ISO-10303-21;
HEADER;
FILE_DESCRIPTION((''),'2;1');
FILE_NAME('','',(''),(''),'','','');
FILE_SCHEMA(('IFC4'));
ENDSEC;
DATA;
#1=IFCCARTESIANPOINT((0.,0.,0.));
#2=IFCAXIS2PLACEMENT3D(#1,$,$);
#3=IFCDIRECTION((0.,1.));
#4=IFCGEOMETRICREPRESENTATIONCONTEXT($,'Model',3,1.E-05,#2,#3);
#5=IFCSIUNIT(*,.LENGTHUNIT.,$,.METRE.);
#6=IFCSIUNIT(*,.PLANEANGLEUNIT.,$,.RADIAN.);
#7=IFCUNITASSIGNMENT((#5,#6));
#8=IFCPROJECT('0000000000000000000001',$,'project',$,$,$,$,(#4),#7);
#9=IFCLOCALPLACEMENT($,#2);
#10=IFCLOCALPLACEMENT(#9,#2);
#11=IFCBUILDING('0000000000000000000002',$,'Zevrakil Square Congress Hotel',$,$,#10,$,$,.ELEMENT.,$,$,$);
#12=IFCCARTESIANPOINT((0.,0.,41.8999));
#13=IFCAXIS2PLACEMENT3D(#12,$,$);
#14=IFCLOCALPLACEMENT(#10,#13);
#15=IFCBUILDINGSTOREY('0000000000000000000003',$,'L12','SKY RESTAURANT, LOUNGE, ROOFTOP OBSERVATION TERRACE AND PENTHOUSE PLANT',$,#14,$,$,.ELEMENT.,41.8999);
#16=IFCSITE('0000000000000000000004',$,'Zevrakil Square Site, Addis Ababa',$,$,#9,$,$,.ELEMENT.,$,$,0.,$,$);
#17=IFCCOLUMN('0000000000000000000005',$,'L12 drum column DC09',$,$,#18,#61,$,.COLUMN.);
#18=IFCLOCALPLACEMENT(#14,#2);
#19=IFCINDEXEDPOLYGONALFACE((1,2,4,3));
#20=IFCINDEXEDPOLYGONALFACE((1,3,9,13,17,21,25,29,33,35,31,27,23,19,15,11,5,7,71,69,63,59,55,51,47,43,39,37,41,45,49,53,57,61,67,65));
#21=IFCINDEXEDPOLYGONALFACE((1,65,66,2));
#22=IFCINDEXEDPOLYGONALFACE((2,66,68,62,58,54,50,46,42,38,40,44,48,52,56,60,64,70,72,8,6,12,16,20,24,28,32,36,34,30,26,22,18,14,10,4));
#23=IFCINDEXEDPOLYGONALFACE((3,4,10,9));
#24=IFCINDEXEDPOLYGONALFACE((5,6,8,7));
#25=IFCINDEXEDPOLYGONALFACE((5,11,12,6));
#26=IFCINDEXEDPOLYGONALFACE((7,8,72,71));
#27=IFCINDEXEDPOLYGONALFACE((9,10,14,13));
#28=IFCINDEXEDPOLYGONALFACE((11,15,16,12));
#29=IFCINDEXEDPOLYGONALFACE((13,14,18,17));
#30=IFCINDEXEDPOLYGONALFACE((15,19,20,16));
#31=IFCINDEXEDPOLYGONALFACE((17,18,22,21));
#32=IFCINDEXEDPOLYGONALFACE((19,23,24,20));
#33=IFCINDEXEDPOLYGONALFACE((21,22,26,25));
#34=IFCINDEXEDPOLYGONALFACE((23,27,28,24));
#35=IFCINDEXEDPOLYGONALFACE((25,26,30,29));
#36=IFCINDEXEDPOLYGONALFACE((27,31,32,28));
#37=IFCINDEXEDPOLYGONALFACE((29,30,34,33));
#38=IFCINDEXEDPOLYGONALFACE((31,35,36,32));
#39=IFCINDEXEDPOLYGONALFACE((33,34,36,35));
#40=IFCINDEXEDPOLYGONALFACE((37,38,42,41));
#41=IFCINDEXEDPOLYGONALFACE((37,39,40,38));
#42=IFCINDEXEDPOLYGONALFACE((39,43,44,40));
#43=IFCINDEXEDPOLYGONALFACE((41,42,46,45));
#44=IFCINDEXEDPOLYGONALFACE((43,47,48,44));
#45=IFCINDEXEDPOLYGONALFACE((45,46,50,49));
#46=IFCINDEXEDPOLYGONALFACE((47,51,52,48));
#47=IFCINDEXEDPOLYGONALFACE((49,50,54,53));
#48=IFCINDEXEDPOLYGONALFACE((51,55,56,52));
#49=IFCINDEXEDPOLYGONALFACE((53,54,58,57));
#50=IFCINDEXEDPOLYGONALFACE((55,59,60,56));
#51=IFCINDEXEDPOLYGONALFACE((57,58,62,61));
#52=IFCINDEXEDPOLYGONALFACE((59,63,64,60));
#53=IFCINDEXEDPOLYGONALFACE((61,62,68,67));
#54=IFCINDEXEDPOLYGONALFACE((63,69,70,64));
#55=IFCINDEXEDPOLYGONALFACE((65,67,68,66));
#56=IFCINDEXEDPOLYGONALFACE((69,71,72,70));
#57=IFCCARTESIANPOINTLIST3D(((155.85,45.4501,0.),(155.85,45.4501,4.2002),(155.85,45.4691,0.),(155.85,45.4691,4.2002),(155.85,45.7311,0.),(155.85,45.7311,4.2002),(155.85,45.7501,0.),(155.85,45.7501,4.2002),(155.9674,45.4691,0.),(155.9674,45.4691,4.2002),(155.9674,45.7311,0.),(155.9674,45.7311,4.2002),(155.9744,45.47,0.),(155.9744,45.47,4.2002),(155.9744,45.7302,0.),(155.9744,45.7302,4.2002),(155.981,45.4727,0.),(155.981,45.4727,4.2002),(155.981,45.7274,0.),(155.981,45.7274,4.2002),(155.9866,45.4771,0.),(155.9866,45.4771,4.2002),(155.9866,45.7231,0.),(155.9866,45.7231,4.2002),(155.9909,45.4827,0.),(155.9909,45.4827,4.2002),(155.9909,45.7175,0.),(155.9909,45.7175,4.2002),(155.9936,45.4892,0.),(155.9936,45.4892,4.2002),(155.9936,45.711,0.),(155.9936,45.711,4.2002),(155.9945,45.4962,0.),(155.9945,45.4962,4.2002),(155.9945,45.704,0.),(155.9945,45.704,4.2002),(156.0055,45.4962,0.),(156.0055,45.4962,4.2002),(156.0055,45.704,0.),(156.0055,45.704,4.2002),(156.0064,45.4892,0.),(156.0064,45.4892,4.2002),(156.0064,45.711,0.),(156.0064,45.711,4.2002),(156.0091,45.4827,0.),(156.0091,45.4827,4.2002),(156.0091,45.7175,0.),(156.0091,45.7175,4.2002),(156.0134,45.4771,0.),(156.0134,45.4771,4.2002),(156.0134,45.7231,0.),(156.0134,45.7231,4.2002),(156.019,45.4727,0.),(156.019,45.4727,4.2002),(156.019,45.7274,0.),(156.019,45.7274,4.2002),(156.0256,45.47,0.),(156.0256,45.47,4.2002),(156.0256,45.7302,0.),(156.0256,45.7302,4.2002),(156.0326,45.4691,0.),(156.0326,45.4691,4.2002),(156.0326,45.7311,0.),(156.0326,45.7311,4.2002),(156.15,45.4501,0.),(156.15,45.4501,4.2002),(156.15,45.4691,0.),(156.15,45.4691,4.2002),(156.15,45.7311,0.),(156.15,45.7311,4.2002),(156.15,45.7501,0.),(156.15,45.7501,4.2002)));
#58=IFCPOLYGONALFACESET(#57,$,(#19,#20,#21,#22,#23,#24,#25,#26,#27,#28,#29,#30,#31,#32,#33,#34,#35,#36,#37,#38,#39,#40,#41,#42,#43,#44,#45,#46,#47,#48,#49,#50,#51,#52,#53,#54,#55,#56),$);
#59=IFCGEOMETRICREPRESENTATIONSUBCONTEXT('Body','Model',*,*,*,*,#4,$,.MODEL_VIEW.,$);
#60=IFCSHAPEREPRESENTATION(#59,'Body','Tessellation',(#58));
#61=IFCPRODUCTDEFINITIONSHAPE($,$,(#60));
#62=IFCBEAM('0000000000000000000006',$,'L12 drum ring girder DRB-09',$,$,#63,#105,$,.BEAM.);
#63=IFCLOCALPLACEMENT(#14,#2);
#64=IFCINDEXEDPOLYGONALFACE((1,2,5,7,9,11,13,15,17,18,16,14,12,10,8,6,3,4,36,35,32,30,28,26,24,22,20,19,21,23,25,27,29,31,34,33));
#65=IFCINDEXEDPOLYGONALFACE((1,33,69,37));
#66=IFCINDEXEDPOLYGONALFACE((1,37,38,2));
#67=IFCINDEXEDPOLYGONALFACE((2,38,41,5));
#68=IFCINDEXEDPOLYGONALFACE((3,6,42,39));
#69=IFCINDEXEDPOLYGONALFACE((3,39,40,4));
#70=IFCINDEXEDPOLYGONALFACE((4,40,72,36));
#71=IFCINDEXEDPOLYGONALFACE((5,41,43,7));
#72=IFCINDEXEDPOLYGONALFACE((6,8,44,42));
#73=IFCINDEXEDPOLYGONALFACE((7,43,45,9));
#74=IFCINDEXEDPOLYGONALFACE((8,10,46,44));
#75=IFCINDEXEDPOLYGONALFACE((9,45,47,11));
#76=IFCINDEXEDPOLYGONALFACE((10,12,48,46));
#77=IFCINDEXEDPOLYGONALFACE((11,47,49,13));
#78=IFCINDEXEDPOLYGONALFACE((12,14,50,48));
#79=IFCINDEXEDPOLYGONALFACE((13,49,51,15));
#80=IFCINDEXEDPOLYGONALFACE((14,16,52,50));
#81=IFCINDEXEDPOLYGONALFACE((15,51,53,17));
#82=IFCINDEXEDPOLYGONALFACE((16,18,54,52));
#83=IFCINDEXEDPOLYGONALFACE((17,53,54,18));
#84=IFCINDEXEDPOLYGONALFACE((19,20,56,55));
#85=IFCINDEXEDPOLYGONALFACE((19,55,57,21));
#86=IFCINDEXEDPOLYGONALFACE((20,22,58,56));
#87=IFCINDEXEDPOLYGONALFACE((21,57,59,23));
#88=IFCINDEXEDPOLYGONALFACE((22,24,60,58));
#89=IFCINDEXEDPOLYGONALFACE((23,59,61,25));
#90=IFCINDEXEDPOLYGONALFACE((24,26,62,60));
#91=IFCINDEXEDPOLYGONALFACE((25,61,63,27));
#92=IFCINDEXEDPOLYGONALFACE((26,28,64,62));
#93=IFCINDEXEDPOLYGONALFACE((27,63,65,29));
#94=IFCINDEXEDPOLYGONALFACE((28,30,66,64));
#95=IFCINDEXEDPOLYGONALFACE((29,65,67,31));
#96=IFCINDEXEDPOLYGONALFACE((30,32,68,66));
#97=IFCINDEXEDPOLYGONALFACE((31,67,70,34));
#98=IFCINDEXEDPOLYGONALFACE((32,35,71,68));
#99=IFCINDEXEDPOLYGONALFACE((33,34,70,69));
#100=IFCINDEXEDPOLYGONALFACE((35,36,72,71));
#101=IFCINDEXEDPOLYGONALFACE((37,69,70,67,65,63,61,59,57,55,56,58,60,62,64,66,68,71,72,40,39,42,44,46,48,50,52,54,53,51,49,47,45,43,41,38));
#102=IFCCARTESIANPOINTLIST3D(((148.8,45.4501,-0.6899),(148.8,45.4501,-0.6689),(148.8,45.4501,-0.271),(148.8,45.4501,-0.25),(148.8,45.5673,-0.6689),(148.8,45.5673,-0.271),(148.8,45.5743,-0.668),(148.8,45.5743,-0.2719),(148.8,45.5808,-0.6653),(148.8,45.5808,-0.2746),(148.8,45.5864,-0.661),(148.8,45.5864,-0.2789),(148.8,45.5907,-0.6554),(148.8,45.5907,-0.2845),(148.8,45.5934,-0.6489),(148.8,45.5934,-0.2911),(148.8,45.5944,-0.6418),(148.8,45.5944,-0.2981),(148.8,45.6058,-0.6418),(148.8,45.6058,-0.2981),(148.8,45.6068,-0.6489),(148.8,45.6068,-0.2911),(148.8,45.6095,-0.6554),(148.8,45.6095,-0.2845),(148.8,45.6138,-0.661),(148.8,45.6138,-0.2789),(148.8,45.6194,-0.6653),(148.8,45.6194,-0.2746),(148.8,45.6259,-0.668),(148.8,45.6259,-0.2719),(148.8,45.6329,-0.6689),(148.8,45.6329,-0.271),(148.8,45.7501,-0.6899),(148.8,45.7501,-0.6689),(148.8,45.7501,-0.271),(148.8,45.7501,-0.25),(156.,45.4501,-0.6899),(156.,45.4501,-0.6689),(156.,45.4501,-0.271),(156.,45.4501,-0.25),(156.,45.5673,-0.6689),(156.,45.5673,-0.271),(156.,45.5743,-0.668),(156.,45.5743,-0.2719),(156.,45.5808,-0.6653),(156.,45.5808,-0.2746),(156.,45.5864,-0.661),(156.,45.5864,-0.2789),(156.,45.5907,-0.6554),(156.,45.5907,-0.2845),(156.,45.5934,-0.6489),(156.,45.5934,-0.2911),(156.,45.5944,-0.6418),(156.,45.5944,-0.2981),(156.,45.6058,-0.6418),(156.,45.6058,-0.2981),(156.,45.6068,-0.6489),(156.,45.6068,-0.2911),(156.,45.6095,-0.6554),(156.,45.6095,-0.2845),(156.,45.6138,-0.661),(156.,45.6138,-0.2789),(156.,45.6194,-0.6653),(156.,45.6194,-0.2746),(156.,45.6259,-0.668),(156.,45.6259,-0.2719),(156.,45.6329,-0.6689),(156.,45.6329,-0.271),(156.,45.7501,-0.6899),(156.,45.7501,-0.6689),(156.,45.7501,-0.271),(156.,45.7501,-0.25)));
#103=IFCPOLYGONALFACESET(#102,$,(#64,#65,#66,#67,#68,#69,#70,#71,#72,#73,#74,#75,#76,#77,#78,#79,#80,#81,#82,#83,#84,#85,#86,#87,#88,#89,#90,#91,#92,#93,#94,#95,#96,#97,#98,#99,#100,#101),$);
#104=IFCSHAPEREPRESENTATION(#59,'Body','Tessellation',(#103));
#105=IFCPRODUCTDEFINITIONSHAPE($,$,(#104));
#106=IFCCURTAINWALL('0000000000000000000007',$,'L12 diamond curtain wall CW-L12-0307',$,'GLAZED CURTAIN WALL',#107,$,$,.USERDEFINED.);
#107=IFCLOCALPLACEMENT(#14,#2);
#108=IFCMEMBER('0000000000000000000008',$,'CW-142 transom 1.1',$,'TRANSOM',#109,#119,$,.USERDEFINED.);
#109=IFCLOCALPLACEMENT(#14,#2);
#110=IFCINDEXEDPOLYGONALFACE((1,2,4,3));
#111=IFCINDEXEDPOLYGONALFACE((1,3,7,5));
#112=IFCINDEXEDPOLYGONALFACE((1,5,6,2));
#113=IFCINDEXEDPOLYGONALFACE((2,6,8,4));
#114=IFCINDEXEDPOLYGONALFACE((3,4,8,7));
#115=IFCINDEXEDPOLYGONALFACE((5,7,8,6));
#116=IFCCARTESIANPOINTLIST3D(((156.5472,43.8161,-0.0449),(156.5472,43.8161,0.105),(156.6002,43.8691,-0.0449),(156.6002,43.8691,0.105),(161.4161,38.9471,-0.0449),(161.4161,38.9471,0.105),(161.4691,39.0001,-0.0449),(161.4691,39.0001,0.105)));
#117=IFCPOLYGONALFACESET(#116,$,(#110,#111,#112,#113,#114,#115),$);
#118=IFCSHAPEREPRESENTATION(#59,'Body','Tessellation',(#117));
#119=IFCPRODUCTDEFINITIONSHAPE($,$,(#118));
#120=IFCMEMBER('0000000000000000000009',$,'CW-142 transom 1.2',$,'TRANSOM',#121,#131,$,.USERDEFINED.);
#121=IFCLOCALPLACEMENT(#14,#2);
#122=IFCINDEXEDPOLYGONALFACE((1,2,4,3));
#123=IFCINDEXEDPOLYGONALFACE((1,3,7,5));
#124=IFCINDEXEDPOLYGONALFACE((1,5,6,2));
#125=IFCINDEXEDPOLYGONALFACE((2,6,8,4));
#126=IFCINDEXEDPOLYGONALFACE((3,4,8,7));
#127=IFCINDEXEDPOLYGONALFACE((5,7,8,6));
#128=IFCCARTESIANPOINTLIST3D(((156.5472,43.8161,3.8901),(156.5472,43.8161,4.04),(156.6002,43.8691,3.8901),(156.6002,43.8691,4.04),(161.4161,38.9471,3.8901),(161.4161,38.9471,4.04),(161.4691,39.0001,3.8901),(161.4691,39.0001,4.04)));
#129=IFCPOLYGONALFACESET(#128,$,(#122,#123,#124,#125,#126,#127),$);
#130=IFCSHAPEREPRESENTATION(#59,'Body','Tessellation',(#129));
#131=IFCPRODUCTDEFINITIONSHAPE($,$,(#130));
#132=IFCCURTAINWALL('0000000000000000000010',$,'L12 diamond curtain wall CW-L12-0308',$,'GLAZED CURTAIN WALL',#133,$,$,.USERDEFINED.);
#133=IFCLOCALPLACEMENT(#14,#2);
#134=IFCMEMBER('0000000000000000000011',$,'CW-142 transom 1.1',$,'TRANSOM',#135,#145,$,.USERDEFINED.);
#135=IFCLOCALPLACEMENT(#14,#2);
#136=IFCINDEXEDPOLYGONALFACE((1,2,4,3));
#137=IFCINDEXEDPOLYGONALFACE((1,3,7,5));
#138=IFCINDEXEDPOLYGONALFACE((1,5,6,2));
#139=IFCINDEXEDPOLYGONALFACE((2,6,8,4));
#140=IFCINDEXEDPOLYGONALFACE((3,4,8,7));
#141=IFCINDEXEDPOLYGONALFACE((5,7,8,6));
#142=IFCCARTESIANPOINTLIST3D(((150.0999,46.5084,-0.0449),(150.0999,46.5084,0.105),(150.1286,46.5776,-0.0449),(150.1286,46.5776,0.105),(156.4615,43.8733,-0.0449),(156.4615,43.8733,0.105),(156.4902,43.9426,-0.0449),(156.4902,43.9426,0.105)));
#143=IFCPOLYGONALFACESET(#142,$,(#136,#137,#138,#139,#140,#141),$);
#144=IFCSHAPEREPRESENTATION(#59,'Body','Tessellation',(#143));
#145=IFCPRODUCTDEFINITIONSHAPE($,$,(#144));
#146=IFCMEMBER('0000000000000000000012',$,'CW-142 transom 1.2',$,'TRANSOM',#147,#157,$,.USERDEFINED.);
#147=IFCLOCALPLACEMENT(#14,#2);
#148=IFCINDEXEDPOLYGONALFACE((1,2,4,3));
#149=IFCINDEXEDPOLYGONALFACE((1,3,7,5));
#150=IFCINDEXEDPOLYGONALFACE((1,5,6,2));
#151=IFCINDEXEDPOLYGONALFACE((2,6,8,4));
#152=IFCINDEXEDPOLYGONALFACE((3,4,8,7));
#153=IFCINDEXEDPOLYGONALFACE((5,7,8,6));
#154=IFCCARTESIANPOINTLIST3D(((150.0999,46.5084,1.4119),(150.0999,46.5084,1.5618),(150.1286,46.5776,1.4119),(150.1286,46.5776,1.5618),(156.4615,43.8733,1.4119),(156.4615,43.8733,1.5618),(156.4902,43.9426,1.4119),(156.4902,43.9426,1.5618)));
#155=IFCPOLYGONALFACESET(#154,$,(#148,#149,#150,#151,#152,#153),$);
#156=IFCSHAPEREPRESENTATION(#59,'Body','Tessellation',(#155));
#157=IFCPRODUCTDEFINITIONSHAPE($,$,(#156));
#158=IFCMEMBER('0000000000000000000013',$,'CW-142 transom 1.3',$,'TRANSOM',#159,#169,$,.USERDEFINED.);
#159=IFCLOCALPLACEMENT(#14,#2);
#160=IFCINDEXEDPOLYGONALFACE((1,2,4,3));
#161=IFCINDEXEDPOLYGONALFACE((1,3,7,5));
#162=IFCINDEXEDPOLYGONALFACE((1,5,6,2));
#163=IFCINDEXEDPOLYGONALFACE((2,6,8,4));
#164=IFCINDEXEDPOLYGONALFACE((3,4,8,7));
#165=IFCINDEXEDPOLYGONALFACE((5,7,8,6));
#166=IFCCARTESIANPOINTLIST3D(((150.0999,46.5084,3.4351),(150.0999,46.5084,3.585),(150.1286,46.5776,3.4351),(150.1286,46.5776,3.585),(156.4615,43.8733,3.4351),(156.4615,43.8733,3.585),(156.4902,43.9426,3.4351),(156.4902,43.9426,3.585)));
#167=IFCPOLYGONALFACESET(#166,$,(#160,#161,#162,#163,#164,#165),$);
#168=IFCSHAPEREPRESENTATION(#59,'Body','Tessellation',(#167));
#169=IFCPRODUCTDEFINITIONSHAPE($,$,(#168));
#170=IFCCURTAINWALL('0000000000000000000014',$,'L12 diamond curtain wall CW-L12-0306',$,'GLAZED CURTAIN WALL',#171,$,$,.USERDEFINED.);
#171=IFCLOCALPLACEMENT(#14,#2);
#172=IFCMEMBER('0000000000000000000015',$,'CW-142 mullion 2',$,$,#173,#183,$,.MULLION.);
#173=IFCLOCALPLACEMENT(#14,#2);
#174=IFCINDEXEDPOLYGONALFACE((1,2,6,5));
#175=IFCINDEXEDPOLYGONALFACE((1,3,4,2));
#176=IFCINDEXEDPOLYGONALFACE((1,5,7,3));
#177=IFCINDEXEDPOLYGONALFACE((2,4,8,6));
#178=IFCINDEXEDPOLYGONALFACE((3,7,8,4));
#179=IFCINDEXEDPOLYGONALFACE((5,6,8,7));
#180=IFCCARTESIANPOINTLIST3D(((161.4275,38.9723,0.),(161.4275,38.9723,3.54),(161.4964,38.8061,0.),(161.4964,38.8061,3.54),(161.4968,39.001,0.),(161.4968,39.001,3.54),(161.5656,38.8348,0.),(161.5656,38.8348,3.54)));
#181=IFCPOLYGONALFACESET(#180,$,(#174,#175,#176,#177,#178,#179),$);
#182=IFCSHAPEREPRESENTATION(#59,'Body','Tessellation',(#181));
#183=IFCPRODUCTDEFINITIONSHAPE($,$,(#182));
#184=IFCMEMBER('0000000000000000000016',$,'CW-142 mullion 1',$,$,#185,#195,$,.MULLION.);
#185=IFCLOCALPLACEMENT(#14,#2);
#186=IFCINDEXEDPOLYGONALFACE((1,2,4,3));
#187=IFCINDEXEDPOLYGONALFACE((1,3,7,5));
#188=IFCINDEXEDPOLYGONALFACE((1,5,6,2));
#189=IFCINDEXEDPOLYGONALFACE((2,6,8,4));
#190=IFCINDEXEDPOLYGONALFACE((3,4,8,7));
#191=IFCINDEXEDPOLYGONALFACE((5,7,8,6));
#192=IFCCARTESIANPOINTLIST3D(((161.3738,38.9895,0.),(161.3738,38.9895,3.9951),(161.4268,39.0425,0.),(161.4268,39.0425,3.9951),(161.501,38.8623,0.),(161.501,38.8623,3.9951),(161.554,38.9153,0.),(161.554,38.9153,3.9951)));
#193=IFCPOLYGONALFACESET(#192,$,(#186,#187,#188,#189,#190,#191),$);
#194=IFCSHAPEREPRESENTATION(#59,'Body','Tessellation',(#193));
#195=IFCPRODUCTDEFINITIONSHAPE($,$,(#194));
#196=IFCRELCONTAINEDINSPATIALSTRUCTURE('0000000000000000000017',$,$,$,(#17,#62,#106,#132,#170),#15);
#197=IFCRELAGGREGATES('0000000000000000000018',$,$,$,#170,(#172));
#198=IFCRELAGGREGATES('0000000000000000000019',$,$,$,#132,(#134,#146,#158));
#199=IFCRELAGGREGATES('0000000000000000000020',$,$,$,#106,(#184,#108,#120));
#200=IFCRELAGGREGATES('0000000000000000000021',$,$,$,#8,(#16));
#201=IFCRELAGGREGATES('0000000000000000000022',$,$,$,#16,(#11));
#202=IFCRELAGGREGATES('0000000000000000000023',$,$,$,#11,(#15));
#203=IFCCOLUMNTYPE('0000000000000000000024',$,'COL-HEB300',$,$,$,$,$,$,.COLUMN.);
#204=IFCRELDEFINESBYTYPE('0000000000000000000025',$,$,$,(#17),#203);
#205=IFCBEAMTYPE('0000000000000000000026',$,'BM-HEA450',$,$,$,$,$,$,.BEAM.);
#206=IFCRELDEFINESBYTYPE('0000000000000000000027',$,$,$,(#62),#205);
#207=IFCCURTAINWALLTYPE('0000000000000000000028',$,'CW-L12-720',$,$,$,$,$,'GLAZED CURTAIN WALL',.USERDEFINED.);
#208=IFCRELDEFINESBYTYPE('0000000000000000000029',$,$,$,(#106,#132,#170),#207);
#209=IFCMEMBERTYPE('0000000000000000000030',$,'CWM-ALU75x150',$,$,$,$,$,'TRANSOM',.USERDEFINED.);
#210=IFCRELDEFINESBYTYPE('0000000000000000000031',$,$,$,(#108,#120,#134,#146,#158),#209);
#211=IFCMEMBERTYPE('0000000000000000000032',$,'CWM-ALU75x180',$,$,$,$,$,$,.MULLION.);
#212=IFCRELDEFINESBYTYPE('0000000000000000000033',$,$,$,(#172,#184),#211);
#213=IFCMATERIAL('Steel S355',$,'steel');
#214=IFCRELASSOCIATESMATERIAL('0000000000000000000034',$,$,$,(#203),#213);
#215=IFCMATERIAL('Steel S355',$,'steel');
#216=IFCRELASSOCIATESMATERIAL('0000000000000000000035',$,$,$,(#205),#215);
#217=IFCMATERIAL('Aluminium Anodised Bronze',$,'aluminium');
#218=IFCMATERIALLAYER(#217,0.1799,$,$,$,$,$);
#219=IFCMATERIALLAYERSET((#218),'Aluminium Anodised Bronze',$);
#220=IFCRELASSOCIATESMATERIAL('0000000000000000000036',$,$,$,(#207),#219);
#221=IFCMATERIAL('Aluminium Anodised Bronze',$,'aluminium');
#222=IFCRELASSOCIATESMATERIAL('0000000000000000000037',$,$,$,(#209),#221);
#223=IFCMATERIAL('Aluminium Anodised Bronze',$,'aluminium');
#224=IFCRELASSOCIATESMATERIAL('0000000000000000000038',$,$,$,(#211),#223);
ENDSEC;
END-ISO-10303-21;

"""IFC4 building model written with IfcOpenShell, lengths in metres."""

from ifc_helpers import new_model, si_unit, direction, frame, origin, origin_2d, place, context, subcontext, project, spatial, rectangle, i_section, extrude, material, layer, layer_set, material_profile, profile_set, type_object, element, aggregate, save


model = new_model("IFC4")

# Units and contexts
model_context = context("Model", 3, precision=1e-05, world=origin(), true_north=direction((0.0, 1.0)))
body_context = subcontext(model_context, "Body", "Model", "MODEL_VIEW")
ifc_project = project(units=[si_unit("LENGTHUNIT", "METRE"), si_unit("PLANEANGLEUNIT", "RADIAN")], contexts=[model_context])

# Site, building, storey
site_placement = place(None, origin())
site = spatial("IfcSite", under=ifc_project, at=site_placement, Name="Zevrakil Square Site, Addis Ababa", CompositionType="ELEMENT", RefElevation=0.0)
building_placement = place(site_placement, origin())
building = spatial("IfcBuilding", under=site, at=building_placement, Name="Zevrakil Square Congress Hotel", CompositionType="ELEMENT")
storey_placement = place(building_placement, frame((0.0, 0.0, 41.8999)))
storey = spatial("IfcBuildingStorey", under=building, at=storey_placement, Name="L12", Description="SKY RESTAURANT, LOUNGE, ROOFTOP OBSERVATION TERRACE AND PENTHOUSE PLANT", CompositionType="ELEMENT", Elevation=41.8999)

# Column
ifc_material_1 = material(Name="Steel S355", Category="steel")
ifc_material_profile_1 = material_profile(ifc_material_1, i_section(OverallWidth=0.3, OverallDepth=0.3, WebThickness=0.011, FlangeThickness=0.019, FilletRadius=0.0271, at=origin_2d()), Name="HEB 300")
ifc_profile_set_1 = profile_set([ifc_material_profile_1], Name="Steel S355")
column_type = type_object("IfcColumnType", Name="COL-HEB300", PredefinedType="COLUMN", material=ifc_profile_set_1)
column_placement = place(storey_placement, frame((156.0, 45.6001, 0.0), z_axis=(0.0, 0.0, 1.0), x_axis=(1.0, 0.0, 0.0)))
element("IfcColumn", 1, at=column_placement, inside=storey, type_object=column_type, Name="L12 drum column DC09", PredefinedType="COLUMN", context=body_context, shape_type="SweptSolid", body=[
    extrude(i_section(OverallWidth=0.3, OverallDepth=0.3, WebThickness=0.011, FlangeThickness=0.019, FilletRadius=0.0271, at=origin_2d()), origin(), (0.0, 0.0, 1.0), 4.2002),
])

# Beam
ifc_material_2 = material(Name="Steel S355", Category="steel")
ifc_material_profile_2 = material_profile(ifc_material_2, i_section(OverallWidth=0.3, OverallDepth=0.4399, WebThickness=0.0115, FlangeThickness=0.021, FilletRadius=0.0271, at=origin_2d()), Name="HEA 450")
ifc_profile_set_2 = profile_set([ifc_material_profile_2], Name="Steel S355")
beam_type_1 = type_object("IfcBeamType", Name="BM-HEA450", PredefinedType="BEAM", material=ifc_profile_set_2)
beam_1_placement = place(storey_placement, frame((156.0, 45.6001, -0.47), z_axis=(-1.0, 0.0, 0.0), x_axis=(0.0, -1.0, 0.0)))
element("IfcBeam", 2, at=beam_1_placement, inside=storey, type_object=beam_type_1, Name="L12 drum ring girder DRB-09", PredefinedType="BEAM", context=body_context, shape_type="SweptSolid", body=[
    extrude(i_section(OverallWidth=0.3, OverallDepth=0.4399, WebThickness=0.0115, FlangeThickness=0.021, FilletRadius=0.0271, at=origin_2d()), origin(), (0.0, 0.0, 1.0), 7.2),
])

# Curtain walls, members
ifc_material_3 = material(Name="Aluminium Anodised Bronze", Category="aluminium")
ifc_layer_1 = layer(ifc_material_3, 0.1799)
ifc_layer_set_1 = layer_set([ifc_layer_1], Name="Aluminium Anodised Bronze")
curtain_wall_type = type_object("IfcCurtainWallType", Name="CW-L12-720", ElementType="GLAZED CURTAIN WALL", PredefinedType="USERDEFINED", material=ifc_layer_set_1)
curtain_wall_1_placement = place(storey_placement, origin())
curtain_wall_1 = element("IfcCurtainWall", 3, at=curtain_wall_1_placement, inside=storey, type_object=curtain_wall_type, Name="L12 diamond curtain wall CW-L12-0307", ObjectType="GLAZED CURTAIN WALL", PredefinedType="USERDEFINED")
ifc_material_4 = material(Name="Aluminium Anodised Bronze", Category="aluminium")
ifc_material_profile_3 = material_profile(ifc_material_4, rectangle(XDim=0.075, YDim=0.1499, at=origin_2d()), Name="ALU 75x150")
ifc_profile_set_3 = profile_set([ifc_material_profile_3], Name="Aluminium Anodised Bronze")
member_type_1 = type_object("IfcMemberType", Name="CWM-ALU75x150", ElementType="TRANSOM", PredefinedType="USERDEFINED", material=ifc_profile_set_3)
member_1_placement = place(storey_placement, frame((161.4426, 38.9736, 0.03), z_axis=(-0.707107, 0.707107, 0.0), x_axis=(-0.707107, -0.707107, 0.0)))
member_1 = element("IfcMember", 4, at=member_1_placement, type_object=member_type_1, Name="CW-142 transom 1.1", ObjectType="TRANSOM", PredefinedType="USERDEFINED", context=body_context, shape_type="SweptSolid", body=[
    extrude(rectangle(XDim=0.075, YDim=0.1499, at=origin_2d()), origin(), (0.0, 0.0, 1.0), 6.8857),
])
member_2_placement = place(storey_placement, frame((161.4426, 38.9736, 3.9651), z_axis=(-0.707107, 0.707107, 0.0), x_axis=(-0.707107, -0.707107, 0.0)))
member_2 = element("IfcMember", 5, at=member_2_placement, type_object=member_type_1, Name="CW-142 transom 1.2", ObjectType="TRANSOM", PredefinedType="USERDEFINED", context=body_context, shape_type="SweptSolid", body=[
    extrude(rectangle(XDim=0.075, YDim=0.1499, at=origin_2d()), origin(), (0.0, 0.0, 1.0), 6.8857),
])
curtain_wall_2_placement = place(storey_placement, origin())
curtain_wall_2 = element("IfcCurtainWall", 6, at=curtain_wall_2_placement, inside=storey, type_object=curtain_wall_type, Name="L12 diamond curtain wall CW-L12-0308", ObjectType="GLAZED CURTAIN WALL", PredefinedType="USERDEFINED")
member_3_placement = place(storey_placement, frame((156.4758, 43.908, 0.03), z_axis=(-0.923882, 0.382679, 0.0), x_axis=(-0.382679, -0.923882, 0.0)))
member_3 = element("IfcMember", 7, at=member_3_placement, type_object=member_type_1, Name="CW-142 transom 1.1", ObjectType="TRANSOM", PredefinedType="USERDEFINED", context=body_context, shape_type="SweptSolid", body=[
    extrude(rectangle(XDim=0.075, YDim=0.1499, at=origin_2d()), origin(), (0.0, 0.0, 1.0), 6.8857),
])
member_4_placement = place(storey_placement, frame((156.4758, 43.908, 1.4868), z_axis=(-0.923882, 0.382679, 0.0), x_axis=(-0.382679, -0.923882, 0.0)))
member_4 = element("IfcMember", 8, at=member_4_placement, type_object=member_type_1, Name="CW-142 transom 1.2", ObjectType="TRANSOM", PredefinedType="USERDEFINED", context=body_context, shape_type="SweptSolid", body=[
    extrude(rectangle(XDim=0.075, YDim=0.1499, at=origin_2d()), origin(), (0.0, 0.0, 1.0), 6.8857),
])
member_5_placement = place(storey_placement, frame((156.4758, 43.908, 3.51), z_axis=(-0.923882, 0.382679, 0.0), x_axis=(-0.382679, -0.923882, 0.0)))
member_5 = element("IfcMember", 9, at=member_5_placement, type_object=member_type_1, Name="CW-142 transom 1.3", ObjectType="TRANSOM", PredefinedType="USERDEFINED", context=body_context, shape_type="SweptSolid", body=[
    extrude(rectangle(XDim=0.075, YDim=0.1499, at=origin_2d()), origin(), (0.0, 0.0, 1.0), 6.8857),
])

# Curtain wall, member
curtain_wall_3_placement = place(storey_placement, origin())
curtain_wall_3 = element("IfcCurtainWall", 10, at=curtain_wall_3_placement, inside=storey, type_object=curtain_wall_type, Name="L12 diamond curtain wall CW-L12-0306", ObjectType="GLAZED CURTAIN WALL", PredefinedType="USERDEFINED")
ifc_material_5 = material(Name="Aluminium Anodised Bronze", Category="aluminium")
ifc_material_profile_4 = material_profile(ifc_material_5, rectangle(XDim=0.075, YDim=0.1799, at=origin_2d()), Name="ALU 75x180")
ifc_profile_set_4 = profile_set([ifc_material_profile_4], Name="Aluminium Anodised Bronze")
member_type_2 = type_object("IfcMemberType", Name="CWM-ALU75x180", PredefinedType="MULLION", material=ifc_profile_set_4)
member_6_placement = place(storey_placement, frame((161.4966, 38.9036, 0.0), z_axis=(0.0, 0.0, 1.0), x_axis=(-0.923879, -0.382684, 0.0)))
member_6 = element("IfcMember", 11, at=member_6_placement, type_object=member_type_2, Name="CW-142 mullion 2", PredefinedType="MULLION", context=body_context, shape_type="SweptSolid", body=[
    extrude(rectangle(XDim=0.075, YDim=0.1799, at=origin_2d()), origin(), (0.0, 0.0, 1.0), 3.54),
])
aggregate(curtain_wall_3, [member_6])

# Member
member_7_placement = place(storey_placement, frame((161.4639, 38.9524, 0.0), z_axis=(0.0, 0.0, 1.0), x_axis=(-0.707107, -0.707107, 0.0)))
member_7 = element("IfcMember", 12, at=member_7_placement, type_object=member_type_2, Name="CW-142 mullion 1", PredefinedType="MULLION", context=body_context, shape_type="SweptSolid", body=[
    extrude(rectangle(XDim=0.075, YDim=0.1799, at=origin_2d()), origin(), (0.0, 0.0, 1.0), 3.9951),
])
aggregate(curtain_wall_2, [member_3, member_4, member_5])

aggregate(curtain_wall_1, [member_7, member_1, member_2])

save(model, "model.ifc")
